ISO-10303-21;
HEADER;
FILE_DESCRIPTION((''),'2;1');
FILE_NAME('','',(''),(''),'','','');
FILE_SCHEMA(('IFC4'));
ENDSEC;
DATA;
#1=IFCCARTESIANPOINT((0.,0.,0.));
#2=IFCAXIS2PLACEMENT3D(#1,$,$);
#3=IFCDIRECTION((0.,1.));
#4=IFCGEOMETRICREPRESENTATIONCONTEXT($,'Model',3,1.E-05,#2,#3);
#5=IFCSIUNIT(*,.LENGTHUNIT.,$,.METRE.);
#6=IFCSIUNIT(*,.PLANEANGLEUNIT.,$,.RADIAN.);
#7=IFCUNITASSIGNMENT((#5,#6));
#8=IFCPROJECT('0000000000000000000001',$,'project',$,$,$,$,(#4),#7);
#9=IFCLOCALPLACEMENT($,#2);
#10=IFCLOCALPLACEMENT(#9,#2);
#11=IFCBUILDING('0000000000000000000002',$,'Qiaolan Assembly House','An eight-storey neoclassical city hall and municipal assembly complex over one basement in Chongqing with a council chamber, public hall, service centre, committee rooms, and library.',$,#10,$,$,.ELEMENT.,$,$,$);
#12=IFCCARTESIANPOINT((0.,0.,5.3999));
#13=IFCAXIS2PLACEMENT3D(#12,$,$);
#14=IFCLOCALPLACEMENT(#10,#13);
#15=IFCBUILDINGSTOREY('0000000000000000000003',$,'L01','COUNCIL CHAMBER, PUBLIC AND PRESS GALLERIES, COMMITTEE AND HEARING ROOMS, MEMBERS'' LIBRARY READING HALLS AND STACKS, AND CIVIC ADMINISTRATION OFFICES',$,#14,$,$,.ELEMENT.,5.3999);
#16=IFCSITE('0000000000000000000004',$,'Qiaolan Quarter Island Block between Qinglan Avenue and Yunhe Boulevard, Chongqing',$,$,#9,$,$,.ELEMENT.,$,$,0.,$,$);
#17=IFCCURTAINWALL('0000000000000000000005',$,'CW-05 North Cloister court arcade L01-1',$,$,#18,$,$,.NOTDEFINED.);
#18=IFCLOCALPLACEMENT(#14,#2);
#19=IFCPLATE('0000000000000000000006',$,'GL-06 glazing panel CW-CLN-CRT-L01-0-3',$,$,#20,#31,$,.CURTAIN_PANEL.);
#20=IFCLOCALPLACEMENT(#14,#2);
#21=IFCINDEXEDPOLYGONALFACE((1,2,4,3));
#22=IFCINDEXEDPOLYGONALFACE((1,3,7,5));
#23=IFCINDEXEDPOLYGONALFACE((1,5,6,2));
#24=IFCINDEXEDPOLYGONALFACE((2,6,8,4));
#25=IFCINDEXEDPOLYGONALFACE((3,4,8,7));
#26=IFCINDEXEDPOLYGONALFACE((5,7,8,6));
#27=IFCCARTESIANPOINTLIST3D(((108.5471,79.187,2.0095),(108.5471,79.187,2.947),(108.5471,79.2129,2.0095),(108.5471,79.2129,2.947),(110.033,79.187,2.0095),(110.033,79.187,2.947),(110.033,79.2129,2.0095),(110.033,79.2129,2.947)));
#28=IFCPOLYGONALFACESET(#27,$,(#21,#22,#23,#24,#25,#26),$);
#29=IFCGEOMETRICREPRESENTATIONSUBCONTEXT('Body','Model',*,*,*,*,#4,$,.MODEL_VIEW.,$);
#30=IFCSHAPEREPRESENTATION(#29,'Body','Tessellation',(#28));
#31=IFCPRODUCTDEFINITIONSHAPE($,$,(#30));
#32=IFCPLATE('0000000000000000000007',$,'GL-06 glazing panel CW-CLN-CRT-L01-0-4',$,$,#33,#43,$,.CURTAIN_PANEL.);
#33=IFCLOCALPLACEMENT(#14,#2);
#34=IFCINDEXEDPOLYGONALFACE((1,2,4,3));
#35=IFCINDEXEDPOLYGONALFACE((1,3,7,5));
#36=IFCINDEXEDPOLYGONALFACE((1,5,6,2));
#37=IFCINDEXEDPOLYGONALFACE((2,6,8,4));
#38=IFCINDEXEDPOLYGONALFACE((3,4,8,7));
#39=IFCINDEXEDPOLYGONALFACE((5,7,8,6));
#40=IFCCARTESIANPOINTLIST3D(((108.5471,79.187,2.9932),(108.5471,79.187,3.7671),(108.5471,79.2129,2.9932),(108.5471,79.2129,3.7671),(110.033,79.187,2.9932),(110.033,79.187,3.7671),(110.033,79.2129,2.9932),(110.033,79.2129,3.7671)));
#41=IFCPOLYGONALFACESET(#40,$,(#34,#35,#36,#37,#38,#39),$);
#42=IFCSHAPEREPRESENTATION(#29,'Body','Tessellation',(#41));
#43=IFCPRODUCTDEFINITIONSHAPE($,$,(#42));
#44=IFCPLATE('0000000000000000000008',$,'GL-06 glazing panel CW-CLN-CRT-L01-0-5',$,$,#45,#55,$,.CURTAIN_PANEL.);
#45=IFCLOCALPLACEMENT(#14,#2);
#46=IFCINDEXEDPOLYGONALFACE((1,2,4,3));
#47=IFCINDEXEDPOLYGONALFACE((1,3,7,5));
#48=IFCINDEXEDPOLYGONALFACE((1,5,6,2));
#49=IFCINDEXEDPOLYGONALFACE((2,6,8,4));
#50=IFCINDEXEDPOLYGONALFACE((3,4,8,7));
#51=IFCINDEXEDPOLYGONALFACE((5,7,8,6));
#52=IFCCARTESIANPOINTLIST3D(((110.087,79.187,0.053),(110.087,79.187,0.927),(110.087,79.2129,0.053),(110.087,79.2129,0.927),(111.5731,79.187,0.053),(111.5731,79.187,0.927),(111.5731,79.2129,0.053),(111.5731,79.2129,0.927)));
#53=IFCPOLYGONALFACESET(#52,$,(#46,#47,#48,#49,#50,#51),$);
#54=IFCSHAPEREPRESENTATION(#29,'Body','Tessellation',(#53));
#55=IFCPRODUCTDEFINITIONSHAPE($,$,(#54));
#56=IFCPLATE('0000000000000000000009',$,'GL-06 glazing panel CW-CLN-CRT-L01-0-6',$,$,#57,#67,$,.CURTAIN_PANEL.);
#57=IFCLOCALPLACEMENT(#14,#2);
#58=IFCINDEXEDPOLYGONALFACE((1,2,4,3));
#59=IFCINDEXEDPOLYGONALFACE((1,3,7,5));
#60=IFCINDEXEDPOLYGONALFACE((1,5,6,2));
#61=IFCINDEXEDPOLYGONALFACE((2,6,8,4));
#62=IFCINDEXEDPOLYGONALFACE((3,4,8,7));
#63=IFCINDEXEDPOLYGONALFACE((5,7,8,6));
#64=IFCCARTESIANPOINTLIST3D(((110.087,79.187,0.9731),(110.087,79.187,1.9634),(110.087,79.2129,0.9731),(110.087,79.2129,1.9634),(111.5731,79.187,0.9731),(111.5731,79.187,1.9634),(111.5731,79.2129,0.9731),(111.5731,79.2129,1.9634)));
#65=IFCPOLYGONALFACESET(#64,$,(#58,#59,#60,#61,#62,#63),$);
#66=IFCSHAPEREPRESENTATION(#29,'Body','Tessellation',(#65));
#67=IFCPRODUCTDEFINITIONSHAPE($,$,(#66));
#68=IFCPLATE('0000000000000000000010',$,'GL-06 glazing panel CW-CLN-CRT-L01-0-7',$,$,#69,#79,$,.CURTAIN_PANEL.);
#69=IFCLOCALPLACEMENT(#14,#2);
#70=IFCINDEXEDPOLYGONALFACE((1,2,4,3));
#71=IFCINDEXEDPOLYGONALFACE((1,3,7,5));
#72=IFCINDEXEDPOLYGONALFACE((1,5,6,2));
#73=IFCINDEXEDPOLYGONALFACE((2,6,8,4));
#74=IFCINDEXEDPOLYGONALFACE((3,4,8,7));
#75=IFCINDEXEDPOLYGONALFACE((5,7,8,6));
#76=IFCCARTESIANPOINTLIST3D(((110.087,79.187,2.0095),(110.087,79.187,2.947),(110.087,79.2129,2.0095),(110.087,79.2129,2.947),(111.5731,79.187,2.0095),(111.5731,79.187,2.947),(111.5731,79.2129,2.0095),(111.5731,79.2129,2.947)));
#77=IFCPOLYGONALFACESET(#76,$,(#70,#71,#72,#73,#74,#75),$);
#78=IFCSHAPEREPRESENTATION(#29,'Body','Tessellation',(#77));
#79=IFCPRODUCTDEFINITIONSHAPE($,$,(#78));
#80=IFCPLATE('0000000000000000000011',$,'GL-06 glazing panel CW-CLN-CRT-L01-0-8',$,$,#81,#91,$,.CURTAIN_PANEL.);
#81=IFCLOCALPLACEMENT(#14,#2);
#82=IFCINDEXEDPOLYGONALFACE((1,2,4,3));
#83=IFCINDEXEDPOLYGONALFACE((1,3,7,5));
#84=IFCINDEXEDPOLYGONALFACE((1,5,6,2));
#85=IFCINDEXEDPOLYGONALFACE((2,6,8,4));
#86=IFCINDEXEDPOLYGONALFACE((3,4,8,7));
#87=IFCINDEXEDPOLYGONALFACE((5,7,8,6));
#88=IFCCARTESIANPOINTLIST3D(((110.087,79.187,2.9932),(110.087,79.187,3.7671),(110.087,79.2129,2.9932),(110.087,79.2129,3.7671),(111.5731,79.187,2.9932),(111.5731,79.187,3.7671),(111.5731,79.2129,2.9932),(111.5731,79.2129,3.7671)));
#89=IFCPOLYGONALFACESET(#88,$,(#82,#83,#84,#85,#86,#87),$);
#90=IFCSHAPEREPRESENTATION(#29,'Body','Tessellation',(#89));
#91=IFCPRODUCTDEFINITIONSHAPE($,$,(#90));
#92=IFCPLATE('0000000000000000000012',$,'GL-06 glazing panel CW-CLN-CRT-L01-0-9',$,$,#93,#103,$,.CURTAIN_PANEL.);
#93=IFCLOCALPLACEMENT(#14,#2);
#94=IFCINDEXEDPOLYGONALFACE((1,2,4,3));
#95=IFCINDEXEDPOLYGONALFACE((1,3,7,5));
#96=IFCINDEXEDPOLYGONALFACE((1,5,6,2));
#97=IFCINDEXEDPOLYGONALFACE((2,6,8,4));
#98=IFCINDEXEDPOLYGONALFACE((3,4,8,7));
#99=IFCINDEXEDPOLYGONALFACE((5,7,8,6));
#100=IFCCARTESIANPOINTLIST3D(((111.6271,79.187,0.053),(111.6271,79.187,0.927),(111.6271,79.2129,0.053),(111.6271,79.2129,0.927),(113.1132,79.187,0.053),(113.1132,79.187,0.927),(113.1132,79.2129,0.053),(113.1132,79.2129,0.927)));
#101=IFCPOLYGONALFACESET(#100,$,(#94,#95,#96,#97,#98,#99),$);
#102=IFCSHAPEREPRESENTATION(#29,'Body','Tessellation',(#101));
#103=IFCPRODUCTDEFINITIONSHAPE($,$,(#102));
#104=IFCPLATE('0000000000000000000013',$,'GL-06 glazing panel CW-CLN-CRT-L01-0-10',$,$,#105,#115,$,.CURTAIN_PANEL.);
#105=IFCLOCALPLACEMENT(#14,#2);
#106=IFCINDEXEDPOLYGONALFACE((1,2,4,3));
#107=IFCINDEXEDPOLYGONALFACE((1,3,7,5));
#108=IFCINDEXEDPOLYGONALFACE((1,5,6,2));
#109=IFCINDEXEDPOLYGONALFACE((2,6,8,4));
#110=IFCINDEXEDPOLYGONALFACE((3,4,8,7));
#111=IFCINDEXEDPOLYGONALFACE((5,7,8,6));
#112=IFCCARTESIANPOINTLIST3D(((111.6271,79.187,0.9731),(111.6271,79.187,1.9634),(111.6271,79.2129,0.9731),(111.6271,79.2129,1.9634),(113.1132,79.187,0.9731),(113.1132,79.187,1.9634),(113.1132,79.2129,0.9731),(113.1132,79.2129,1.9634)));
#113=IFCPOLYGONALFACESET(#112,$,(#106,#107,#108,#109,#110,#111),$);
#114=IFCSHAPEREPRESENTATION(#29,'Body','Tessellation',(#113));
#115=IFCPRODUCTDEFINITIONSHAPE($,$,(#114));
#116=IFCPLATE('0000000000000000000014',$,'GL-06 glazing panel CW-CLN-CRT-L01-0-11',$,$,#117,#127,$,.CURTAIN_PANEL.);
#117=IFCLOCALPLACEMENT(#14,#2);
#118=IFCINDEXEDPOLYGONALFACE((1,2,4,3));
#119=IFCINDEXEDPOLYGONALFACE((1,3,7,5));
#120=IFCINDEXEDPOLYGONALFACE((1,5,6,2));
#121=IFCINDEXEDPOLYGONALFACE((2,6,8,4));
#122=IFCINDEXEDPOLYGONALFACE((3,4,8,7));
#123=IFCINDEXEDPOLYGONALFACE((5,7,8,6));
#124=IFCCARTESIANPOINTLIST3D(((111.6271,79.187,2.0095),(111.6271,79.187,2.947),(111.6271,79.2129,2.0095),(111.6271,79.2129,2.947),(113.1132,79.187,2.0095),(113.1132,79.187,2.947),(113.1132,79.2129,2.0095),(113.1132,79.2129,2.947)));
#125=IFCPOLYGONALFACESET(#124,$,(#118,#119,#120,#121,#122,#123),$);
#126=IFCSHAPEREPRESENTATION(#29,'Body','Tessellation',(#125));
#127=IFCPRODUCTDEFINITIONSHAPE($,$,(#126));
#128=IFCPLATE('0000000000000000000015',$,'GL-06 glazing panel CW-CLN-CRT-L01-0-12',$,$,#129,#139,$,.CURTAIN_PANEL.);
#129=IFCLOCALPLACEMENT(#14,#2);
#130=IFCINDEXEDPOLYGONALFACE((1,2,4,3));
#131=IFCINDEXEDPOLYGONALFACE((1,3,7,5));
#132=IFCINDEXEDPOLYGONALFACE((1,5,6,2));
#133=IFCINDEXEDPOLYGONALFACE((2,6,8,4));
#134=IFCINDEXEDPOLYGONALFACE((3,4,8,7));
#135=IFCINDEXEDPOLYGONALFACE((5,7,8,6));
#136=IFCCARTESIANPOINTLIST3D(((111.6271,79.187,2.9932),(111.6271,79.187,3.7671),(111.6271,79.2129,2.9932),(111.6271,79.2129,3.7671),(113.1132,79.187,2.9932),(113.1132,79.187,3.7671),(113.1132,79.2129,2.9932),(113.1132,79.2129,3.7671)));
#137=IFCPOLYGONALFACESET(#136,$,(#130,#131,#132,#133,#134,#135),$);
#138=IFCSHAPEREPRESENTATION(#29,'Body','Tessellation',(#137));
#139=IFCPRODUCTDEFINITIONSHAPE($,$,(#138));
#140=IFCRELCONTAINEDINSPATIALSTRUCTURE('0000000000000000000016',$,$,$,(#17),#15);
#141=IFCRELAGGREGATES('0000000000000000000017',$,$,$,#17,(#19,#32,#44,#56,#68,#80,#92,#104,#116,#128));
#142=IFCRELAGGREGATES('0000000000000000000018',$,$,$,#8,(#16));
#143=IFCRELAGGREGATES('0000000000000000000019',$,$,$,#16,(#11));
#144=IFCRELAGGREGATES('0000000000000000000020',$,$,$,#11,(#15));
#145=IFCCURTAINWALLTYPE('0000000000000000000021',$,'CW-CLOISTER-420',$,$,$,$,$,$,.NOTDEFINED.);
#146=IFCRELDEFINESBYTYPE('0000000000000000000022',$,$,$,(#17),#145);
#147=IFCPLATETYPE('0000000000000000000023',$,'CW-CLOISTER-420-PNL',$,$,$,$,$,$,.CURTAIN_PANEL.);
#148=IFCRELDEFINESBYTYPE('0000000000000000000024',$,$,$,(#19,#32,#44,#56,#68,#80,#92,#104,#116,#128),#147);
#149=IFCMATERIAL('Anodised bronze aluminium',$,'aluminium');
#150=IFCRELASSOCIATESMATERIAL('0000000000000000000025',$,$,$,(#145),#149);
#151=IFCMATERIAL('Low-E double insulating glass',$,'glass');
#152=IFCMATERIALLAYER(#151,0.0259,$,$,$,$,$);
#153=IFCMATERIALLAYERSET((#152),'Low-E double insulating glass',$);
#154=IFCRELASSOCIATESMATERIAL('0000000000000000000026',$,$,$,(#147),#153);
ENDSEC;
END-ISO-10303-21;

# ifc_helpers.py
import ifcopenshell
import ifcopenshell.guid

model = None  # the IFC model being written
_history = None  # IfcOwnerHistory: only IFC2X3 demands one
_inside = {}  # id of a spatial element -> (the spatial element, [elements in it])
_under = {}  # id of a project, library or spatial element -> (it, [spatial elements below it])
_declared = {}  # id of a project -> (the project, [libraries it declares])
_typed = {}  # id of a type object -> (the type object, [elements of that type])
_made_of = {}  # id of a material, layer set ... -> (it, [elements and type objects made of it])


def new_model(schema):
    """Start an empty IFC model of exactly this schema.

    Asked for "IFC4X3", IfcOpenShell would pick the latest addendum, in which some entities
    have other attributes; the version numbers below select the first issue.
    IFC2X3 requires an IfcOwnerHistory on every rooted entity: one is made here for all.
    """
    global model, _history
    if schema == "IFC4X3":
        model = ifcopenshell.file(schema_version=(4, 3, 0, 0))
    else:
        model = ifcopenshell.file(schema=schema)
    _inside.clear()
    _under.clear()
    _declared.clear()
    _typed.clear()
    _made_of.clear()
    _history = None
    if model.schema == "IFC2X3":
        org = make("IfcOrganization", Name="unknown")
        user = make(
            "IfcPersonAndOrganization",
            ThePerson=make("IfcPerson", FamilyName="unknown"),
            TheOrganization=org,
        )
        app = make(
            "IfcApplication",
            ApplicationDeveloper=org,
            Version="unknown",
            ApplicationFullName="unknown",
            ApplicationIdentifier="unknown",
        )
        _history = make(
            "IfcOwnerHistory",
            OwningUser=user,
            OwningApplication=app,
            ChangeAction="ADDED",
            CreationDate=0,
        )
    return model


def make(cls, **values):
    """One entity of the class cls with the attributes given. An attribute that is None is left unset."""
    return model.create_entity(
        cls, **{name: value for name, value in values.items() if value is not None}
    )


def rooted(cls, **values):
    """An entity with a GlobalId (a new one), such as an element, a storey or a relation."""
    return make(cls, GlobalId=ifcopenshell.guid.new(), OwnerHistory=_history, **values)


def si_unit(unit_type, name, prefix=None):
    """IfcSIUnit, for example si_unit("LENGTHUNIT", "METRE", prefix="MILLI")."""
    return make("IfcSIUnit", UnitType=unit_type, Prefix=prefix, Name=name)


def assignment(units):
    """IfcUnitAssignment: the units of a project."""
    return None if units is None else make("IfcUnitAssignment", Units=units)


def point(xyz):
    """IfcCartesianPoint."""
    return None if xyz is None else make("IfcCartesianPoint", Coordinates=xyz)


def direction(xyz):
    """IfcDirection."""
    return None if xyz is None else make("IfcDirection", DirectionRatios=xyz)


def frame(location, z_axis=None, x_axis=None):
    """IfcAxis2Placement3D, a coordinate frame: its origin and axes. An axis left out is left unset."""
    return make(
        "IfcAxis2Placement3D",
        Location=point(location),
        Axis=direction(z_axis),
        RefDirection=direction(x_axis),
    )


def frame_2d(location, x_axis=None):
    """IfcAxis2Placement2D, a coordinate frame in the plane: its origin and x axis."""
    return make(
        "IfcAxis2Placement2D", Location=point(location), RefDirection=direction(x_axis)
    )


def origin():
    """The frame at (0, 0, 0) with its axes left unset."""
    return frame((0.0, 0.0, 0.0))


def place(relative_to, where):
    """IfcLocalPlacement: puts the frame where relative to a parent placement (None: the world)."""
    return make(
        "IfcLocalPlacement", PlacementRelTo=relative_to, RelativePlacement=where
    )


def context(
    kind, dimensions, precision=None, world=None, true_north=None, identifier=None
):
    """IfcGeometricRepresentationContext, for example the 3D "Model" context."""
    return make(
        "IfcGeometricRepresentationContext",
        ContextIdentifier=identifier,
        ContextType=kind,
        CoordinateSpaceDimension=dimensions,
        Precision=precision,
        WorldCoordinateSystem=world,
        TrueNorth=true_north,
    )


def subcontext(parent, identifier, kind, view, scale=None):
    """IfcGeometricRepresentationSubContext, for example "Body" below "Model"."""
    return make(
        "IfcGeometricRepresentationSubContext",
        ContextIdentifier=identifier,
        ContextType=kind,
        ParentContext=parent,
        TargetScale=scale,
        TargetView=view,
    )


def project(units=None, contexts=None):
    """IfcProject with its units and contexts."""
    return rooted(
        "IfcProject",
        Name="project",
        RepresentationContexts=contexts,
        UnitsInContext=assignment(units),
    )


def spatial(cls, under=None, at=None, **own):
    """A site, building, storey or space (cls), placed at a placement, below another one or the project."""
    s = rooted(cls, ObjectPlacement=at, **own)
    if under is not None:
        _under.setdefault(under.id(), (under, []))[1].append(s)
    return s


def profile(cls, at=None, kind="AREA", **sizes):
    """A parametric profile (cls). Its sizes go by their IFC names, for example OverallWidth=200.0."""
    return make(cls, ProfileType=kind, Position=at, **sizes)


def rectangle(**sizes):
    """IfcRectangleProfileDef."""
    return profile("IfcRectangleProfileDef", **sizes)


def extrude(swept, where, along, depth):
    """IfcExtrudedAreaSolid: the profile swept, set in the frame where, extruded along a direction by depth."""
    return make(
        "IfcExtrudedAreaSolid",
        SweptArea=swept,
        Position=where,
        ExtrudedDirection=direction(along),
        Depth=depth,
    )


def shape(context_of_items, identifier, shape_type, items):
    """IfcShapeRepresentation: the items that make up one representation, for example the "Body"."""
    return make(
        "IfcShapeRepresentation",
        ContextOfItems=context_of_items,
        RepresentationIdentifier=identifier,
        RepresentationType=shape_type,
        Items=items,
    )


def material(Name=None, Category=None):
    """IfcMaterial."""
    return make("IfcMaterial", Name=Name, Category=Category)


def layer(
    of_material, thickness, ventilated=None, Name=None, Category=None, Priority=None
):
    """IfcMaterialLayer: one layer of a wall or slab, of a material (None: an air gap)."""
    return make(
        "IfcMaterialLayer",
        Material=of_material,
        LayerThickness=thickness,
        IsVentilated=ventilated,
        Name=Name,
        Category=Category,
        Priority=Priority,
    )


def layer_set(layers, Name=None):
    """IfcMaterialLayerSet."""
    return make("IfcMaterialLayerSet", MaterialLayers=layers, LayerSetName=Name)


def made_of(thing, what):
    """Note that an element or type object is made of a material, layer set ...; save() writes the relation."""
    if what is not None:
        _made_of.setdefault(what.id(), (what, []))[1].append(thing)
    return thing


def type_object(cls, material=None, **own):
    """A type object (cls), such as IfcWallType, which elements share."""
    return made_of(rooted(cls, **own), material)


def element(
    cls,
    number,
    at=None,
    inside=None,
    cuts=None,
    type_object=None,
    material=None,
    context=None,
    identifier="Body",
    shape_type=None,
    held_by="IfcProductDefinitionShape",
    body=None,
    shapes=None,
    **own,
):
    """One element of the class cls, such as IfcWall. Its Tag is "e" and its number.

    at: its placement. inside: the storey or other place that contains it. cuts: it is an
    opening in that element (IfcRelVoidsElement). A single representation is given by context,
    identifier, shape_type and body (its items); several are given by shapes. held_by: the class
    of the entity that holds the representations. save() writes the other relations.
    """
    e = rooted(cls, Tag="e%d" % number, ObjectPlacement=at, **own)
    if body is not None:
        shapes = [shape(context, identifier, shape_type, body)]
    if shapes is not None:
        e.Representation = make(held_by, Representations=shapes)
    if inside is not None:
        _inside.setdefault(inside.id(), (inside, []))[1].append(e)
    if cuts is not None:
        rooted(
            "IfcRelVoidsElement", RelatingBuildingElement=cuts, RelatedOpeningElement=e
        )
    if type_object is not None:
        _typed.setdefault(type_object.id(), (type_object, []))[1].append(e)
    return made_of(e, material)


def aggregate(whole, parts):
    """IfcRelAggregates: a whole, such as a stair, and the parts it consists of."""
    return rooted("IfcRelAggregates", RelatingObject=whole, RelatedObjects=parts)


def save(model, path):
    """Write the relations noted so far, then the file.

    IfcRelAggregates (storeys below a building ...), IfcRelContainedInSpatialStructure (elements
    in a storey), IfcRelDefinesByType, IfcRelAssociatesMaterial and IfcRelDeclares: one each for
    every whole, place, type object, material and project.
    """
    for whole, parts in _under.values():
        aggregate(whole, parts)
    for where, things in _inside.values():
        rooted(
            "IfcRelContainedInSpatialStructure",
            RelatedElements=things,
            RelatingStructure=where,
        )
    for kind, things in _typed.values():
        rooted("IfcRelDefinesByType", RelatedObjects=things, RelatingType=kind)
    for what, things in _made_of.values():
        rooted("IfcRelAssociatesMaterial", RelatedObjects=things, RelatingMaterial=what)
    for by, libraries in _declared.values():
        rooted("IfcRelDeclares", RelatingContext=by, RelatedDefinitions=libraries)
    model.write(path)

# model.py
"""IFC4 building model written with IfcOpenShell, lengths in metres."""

from ifc_helpers import new_model, si_unit, direction, frame, frame_2d, origin, place, context, subcontext, project, spatial, rectangle, extrude, material, layer, layer_set, type_object, element, aggregate, save


model = new_model("IFC4")

# Units and contexts
model_context = context("Model", 3, precision=1e-05, world=origin(), true_north=direction((0.0, 1.0)))
body_context = subcontext(model_context, "Body", "Model", "MODEL_VIEW")
ifc_project = project(units=[si_unit("LENGTHUNIT", "METRE"), si_unit("PLANEANGLEUNIT", "RADIAN")], contexts=[model_context])

# Site, building, storey
site_placement = place(None, origin())
site = spatial("IfcSite", under=ifc_project, at=site_placement, Name="Qiaolan Quarter Island Block between Qinglan Avenue and Yunhe Boulevard, Chongqing", CompositionType="ELEMENT", RefElevation=0.0)
building_placement = place(site_placement, origin())
building = spatial("IfcBuilding", under=site, at=building_placement, Name="Qiaolan Assembly House", Description="An eight-storey neoclassical city hall and municipal assembly complex over one basement in Chongqing with a council chamber, public hall, service centre, committee rooms, and library.", CompositionType="ELEMENT")
storey_placement = place(building_placement, frame((0.0, 0.0, 5.3999)))
storey = spatial("IfcBuildingStorey", under=building, at=storey_placement, Name="L01", Description="COUNCIL CHAMBER, PUBLIC AND PRESS GALLERIES, COMMITTEE AND HEARING ROOMS, MEMBERS' LIBRARY READING HALLS AND STACKS, AND CIVIC ADMINISTRATION OFFICES", CompositionType="ELEMENT", Elevation=5.3999)

# Curtain wall, plates
ifc_material_1 = material(Name="Anodised bronze aluminium", Category="aluminium")
curtain_wall_type = type_object("IfcCurtainWallType", Name="CW-CLOISTER-420", PredefinedType="NOTDEFINED", material=ifc_material_1)
curtain_wall_placement = place(storey_placement, origin())
curtain_wall = element("IfcCurtainWall", 1, at=curtain_wall_placement, inside=storey, type_object=curtain_wall_type, Name="CW-05 North Cloister court arcade L01-1", PredefinedType="NOTDEFINED")
ifc_material_2 = material(Name="Low-E double insulating glass", Category="glass")
ifc_layer = layer(ifc_material_2, 0.0259)
ifc_layer_set = layer_set([ifc_layer], Name="Low-E double insulating glass")
plate_type = type_object("IfcPlateType", Name="CW-CLOISTER-420-PNL", PredefinedType="CURTAIN_PANEL", material=ifc_layer_set)
plate_1_placement = place(storey_placement, frame((108.5471, 79.2, 2.0095), z_axis=(0.0, 0.0, 1.0), x_axis=(1.0, 0.0, 0.0)))
plate_1 = element("IfcPlate", 2, at=plate_1_placement, type_object=plate_type, Name="GL-06 glazing panel CW-CLN-CRT-L01-0-3", PredefinedType="CURTAIN_PANEL", context=body_context, shape_type="SweptSolid", body=[
    extrude(rectangle(XDim=1.4858, YDim=0.0259, at=frame_2d((0.7429, 0.0))), origin(), (0.0, 0.0, 1.0), 0.9375),
])
plate_2_placement = place(storey_placement, frame((108.5471, 79.2, 2.9932), z_axis=(0.0, 0.0, 1.0), x_axis=(1.0, 0.0, 0.0)))
plate_2 = element("IfcPlate", 3, at=plate_2_placement, type_object=plate_type, Name="GL-06 glazing panel CW-CLN-CRT-L01-0-4", PredefinedType="CURTAIN_PANEL", context=body_context, shape_type="SweptSolid", body=[
    extrude(rectangle(XDim=1.4858, YDim=0.0259, at=frame_2d((0.7429, 0.0))), origin(), (0.0, 0.0, 1.0), 0.7739),
])
plate_3_placement = place(storey_placement, frame((110.0869, 79.2, 0.053), z_axis=(0.0, 0.0, 1.0), x_axis=(1.0, 0.0, 0.0)))
plate_3 = element("IfcPlate", 4, at=plate_3_placement, type_object=plate_type, Name="GL-06 glazing panel CW-CLN-CRT-L01-0-5", PredefinedType="CURTAIN_PANEL", context=body_context, shape_type="SweptSolid", body=[
    extrude(rectangle(XDim=1.4861, YDim=0.0259, at=frame_2d((0.7432, 0.0))), origin(), (0.0, 0.0, 1.0), 0.874),
])
plate_4_placement = place(storey_placement, frame((110.0869, 79.2, 0.9731), z_axis=(0.0, 0.0, 1.0), x_axis=(1.0, 0.0, 0.0)))
plate_4 = element("IfcPlate", 5, at=plate_4_placement, type_object=plate_type, Name="GL-06 glazing panel CW-CLN-CRT-L01-0-6", PredefinedType="CURTAIN_PANEL", context=body_context, shape_type="SweptSolid", body=[
    extrude(rectangle(XDim=1.4861, YDim=0.0259, at=frame_2d((0.7432, 0.0))), origin(), (0.0, 0.0, 1.0), 0.9902),
])
plate_5_placement = place(storey_placement, frame((110.0869, 79.2, 2.0095), z_axis=(0.0, 0.0, 1.0), x_axis=(1.0, 0.0, 0.0)))
plate_5 = element("IfcPlate", 6, at=plate_5_placement, type_object=plate_type, Name="GL-06 glazing panel CW-CLN-CRT-L01-0-7", PredefinedType="CURTAIN_PANEL", context=body_context, shape_type="SweptSolid", body=[
    extrude(rectangle(XDim=1.4861, YDim=0.0259, at=frame_2d((0.7432, 0.0))), origin(), (0.0, 0.0, 1.0), 0.9375),
])
plate_6_placement = place(storey_placement, frame((110.0869, 79.2, 2.9932), z_axis=(0.0, 0.0, 1.0), x_axis=(1.0, 0.0, 0.0)))
plate_6 = element("IfcPlate", 7, at=plate_6_placement, type_object=plate_type, Name="GL-06 glazing panel CW-CLN-CRT-L01-0-8", PredefinedType="CURTAIN_PANEL", context=body_context, shape_type="SweptSolid", body=[
    extrude(rectangle(XDim=1.4861, YDim=0.0259, at=frame_2d((0.7432, 0.0))), origin(), (0.0, 0.0, 1.0), 0.7739),
])
plate_7_placement = place(storey_placement, frame((111.627, 79.2, 0.053), z_axis=(0.0, 0.0, 1.0), x_axis=(1.0, 0.0, 0.0)))
plate_7 = element("IfcPlate", 8, at=plate_7_placement, type_object=plate_type, Name="GL-06 glazing panel CW-CLN-CRT-L01-0-9", PredefinedType="CURTAIN_PANEL", context=body_context, shape_type="SweptSolid", body=[
    extrude(rectangle(XDim=1.4861, YDim=0.0259, at=frame_2d((0.7432, 0.0))), origin(), (0.0, 0.0, 1.0), 0.874),
])
plate_8_placement = place(storey_placement, frame((111.627, 79.2, 0.9731), z_axis=(0.0, 0.0, 1.0), x_axis=(1.0, 0.0, 0.0)))
plate_8 = element("IfcPlate", 9, at=plate_8_placement, type_object=plate_type, Name="GL-06 glazing panel CW-CLN-CRT-L01-0-10", PredefinedType="CURTAIN_PANEL", context=body_context, shape_type="SweptSolid", body=[
    extrude(rectangle(XDim=1.4861, YDim=0.0259, at=frame_2d((0.7432, 0.0))), origin(), (0.0, 0.0, 1.0), 0.9902),
])
plate_9_placement = place(storey_placement, frame((111.627, 79.2, 2.0095), z_axis=(0.0, 0.0, 1.0), x_axis=(1.0, 0.0, 0.0)))
plate_9 = element("IfcPlate", 10, at=plate_9_placement, type_object=plate_type, Name="GL-06 glazing panel CW-CLN-CRT-L01-0-11", PredefinedType="CURTAIN_PANEL", context=body_context, shape_type="SweptSolid", body=[
    extrude(rectangle(XDim=1.4861, YDim=0.0259, at=frame_2d((0.7432, 0.0))), origin(), (0.0, 0.0, 1.0), 0.9375),
])
plate_10_placement = place(storey_placement, frame((111.627, 79.2, 2.9932), z_axis=(0.0, 0.0, 1.0), x_axis=(1.0, 0.0, 0.0)))
plate_10 = element("IfcPlate", 11, at=plate_10_placement, type_object=plate_type, Name="GL-06 glazing panel CW-CLN-CRT-L01-0-12", PredefinedType="CURTAIN_PANEL", context=body_context, shape_type="SweptSolid", body=[
    extrude(rectangle(XDim=1.4861, YDim=0.0259, at=frame_2d((0.7432, 0.0))), origin(), (0.0, 0.0, 1.0), 0.7739),
])
aggregate(curtain_wall, [plate_1, plate_2, plate_3, plate_4, plate_5, plate_6, plate_7, plate_8, plate_9, plate_10])

save(model, "model.ifc")
